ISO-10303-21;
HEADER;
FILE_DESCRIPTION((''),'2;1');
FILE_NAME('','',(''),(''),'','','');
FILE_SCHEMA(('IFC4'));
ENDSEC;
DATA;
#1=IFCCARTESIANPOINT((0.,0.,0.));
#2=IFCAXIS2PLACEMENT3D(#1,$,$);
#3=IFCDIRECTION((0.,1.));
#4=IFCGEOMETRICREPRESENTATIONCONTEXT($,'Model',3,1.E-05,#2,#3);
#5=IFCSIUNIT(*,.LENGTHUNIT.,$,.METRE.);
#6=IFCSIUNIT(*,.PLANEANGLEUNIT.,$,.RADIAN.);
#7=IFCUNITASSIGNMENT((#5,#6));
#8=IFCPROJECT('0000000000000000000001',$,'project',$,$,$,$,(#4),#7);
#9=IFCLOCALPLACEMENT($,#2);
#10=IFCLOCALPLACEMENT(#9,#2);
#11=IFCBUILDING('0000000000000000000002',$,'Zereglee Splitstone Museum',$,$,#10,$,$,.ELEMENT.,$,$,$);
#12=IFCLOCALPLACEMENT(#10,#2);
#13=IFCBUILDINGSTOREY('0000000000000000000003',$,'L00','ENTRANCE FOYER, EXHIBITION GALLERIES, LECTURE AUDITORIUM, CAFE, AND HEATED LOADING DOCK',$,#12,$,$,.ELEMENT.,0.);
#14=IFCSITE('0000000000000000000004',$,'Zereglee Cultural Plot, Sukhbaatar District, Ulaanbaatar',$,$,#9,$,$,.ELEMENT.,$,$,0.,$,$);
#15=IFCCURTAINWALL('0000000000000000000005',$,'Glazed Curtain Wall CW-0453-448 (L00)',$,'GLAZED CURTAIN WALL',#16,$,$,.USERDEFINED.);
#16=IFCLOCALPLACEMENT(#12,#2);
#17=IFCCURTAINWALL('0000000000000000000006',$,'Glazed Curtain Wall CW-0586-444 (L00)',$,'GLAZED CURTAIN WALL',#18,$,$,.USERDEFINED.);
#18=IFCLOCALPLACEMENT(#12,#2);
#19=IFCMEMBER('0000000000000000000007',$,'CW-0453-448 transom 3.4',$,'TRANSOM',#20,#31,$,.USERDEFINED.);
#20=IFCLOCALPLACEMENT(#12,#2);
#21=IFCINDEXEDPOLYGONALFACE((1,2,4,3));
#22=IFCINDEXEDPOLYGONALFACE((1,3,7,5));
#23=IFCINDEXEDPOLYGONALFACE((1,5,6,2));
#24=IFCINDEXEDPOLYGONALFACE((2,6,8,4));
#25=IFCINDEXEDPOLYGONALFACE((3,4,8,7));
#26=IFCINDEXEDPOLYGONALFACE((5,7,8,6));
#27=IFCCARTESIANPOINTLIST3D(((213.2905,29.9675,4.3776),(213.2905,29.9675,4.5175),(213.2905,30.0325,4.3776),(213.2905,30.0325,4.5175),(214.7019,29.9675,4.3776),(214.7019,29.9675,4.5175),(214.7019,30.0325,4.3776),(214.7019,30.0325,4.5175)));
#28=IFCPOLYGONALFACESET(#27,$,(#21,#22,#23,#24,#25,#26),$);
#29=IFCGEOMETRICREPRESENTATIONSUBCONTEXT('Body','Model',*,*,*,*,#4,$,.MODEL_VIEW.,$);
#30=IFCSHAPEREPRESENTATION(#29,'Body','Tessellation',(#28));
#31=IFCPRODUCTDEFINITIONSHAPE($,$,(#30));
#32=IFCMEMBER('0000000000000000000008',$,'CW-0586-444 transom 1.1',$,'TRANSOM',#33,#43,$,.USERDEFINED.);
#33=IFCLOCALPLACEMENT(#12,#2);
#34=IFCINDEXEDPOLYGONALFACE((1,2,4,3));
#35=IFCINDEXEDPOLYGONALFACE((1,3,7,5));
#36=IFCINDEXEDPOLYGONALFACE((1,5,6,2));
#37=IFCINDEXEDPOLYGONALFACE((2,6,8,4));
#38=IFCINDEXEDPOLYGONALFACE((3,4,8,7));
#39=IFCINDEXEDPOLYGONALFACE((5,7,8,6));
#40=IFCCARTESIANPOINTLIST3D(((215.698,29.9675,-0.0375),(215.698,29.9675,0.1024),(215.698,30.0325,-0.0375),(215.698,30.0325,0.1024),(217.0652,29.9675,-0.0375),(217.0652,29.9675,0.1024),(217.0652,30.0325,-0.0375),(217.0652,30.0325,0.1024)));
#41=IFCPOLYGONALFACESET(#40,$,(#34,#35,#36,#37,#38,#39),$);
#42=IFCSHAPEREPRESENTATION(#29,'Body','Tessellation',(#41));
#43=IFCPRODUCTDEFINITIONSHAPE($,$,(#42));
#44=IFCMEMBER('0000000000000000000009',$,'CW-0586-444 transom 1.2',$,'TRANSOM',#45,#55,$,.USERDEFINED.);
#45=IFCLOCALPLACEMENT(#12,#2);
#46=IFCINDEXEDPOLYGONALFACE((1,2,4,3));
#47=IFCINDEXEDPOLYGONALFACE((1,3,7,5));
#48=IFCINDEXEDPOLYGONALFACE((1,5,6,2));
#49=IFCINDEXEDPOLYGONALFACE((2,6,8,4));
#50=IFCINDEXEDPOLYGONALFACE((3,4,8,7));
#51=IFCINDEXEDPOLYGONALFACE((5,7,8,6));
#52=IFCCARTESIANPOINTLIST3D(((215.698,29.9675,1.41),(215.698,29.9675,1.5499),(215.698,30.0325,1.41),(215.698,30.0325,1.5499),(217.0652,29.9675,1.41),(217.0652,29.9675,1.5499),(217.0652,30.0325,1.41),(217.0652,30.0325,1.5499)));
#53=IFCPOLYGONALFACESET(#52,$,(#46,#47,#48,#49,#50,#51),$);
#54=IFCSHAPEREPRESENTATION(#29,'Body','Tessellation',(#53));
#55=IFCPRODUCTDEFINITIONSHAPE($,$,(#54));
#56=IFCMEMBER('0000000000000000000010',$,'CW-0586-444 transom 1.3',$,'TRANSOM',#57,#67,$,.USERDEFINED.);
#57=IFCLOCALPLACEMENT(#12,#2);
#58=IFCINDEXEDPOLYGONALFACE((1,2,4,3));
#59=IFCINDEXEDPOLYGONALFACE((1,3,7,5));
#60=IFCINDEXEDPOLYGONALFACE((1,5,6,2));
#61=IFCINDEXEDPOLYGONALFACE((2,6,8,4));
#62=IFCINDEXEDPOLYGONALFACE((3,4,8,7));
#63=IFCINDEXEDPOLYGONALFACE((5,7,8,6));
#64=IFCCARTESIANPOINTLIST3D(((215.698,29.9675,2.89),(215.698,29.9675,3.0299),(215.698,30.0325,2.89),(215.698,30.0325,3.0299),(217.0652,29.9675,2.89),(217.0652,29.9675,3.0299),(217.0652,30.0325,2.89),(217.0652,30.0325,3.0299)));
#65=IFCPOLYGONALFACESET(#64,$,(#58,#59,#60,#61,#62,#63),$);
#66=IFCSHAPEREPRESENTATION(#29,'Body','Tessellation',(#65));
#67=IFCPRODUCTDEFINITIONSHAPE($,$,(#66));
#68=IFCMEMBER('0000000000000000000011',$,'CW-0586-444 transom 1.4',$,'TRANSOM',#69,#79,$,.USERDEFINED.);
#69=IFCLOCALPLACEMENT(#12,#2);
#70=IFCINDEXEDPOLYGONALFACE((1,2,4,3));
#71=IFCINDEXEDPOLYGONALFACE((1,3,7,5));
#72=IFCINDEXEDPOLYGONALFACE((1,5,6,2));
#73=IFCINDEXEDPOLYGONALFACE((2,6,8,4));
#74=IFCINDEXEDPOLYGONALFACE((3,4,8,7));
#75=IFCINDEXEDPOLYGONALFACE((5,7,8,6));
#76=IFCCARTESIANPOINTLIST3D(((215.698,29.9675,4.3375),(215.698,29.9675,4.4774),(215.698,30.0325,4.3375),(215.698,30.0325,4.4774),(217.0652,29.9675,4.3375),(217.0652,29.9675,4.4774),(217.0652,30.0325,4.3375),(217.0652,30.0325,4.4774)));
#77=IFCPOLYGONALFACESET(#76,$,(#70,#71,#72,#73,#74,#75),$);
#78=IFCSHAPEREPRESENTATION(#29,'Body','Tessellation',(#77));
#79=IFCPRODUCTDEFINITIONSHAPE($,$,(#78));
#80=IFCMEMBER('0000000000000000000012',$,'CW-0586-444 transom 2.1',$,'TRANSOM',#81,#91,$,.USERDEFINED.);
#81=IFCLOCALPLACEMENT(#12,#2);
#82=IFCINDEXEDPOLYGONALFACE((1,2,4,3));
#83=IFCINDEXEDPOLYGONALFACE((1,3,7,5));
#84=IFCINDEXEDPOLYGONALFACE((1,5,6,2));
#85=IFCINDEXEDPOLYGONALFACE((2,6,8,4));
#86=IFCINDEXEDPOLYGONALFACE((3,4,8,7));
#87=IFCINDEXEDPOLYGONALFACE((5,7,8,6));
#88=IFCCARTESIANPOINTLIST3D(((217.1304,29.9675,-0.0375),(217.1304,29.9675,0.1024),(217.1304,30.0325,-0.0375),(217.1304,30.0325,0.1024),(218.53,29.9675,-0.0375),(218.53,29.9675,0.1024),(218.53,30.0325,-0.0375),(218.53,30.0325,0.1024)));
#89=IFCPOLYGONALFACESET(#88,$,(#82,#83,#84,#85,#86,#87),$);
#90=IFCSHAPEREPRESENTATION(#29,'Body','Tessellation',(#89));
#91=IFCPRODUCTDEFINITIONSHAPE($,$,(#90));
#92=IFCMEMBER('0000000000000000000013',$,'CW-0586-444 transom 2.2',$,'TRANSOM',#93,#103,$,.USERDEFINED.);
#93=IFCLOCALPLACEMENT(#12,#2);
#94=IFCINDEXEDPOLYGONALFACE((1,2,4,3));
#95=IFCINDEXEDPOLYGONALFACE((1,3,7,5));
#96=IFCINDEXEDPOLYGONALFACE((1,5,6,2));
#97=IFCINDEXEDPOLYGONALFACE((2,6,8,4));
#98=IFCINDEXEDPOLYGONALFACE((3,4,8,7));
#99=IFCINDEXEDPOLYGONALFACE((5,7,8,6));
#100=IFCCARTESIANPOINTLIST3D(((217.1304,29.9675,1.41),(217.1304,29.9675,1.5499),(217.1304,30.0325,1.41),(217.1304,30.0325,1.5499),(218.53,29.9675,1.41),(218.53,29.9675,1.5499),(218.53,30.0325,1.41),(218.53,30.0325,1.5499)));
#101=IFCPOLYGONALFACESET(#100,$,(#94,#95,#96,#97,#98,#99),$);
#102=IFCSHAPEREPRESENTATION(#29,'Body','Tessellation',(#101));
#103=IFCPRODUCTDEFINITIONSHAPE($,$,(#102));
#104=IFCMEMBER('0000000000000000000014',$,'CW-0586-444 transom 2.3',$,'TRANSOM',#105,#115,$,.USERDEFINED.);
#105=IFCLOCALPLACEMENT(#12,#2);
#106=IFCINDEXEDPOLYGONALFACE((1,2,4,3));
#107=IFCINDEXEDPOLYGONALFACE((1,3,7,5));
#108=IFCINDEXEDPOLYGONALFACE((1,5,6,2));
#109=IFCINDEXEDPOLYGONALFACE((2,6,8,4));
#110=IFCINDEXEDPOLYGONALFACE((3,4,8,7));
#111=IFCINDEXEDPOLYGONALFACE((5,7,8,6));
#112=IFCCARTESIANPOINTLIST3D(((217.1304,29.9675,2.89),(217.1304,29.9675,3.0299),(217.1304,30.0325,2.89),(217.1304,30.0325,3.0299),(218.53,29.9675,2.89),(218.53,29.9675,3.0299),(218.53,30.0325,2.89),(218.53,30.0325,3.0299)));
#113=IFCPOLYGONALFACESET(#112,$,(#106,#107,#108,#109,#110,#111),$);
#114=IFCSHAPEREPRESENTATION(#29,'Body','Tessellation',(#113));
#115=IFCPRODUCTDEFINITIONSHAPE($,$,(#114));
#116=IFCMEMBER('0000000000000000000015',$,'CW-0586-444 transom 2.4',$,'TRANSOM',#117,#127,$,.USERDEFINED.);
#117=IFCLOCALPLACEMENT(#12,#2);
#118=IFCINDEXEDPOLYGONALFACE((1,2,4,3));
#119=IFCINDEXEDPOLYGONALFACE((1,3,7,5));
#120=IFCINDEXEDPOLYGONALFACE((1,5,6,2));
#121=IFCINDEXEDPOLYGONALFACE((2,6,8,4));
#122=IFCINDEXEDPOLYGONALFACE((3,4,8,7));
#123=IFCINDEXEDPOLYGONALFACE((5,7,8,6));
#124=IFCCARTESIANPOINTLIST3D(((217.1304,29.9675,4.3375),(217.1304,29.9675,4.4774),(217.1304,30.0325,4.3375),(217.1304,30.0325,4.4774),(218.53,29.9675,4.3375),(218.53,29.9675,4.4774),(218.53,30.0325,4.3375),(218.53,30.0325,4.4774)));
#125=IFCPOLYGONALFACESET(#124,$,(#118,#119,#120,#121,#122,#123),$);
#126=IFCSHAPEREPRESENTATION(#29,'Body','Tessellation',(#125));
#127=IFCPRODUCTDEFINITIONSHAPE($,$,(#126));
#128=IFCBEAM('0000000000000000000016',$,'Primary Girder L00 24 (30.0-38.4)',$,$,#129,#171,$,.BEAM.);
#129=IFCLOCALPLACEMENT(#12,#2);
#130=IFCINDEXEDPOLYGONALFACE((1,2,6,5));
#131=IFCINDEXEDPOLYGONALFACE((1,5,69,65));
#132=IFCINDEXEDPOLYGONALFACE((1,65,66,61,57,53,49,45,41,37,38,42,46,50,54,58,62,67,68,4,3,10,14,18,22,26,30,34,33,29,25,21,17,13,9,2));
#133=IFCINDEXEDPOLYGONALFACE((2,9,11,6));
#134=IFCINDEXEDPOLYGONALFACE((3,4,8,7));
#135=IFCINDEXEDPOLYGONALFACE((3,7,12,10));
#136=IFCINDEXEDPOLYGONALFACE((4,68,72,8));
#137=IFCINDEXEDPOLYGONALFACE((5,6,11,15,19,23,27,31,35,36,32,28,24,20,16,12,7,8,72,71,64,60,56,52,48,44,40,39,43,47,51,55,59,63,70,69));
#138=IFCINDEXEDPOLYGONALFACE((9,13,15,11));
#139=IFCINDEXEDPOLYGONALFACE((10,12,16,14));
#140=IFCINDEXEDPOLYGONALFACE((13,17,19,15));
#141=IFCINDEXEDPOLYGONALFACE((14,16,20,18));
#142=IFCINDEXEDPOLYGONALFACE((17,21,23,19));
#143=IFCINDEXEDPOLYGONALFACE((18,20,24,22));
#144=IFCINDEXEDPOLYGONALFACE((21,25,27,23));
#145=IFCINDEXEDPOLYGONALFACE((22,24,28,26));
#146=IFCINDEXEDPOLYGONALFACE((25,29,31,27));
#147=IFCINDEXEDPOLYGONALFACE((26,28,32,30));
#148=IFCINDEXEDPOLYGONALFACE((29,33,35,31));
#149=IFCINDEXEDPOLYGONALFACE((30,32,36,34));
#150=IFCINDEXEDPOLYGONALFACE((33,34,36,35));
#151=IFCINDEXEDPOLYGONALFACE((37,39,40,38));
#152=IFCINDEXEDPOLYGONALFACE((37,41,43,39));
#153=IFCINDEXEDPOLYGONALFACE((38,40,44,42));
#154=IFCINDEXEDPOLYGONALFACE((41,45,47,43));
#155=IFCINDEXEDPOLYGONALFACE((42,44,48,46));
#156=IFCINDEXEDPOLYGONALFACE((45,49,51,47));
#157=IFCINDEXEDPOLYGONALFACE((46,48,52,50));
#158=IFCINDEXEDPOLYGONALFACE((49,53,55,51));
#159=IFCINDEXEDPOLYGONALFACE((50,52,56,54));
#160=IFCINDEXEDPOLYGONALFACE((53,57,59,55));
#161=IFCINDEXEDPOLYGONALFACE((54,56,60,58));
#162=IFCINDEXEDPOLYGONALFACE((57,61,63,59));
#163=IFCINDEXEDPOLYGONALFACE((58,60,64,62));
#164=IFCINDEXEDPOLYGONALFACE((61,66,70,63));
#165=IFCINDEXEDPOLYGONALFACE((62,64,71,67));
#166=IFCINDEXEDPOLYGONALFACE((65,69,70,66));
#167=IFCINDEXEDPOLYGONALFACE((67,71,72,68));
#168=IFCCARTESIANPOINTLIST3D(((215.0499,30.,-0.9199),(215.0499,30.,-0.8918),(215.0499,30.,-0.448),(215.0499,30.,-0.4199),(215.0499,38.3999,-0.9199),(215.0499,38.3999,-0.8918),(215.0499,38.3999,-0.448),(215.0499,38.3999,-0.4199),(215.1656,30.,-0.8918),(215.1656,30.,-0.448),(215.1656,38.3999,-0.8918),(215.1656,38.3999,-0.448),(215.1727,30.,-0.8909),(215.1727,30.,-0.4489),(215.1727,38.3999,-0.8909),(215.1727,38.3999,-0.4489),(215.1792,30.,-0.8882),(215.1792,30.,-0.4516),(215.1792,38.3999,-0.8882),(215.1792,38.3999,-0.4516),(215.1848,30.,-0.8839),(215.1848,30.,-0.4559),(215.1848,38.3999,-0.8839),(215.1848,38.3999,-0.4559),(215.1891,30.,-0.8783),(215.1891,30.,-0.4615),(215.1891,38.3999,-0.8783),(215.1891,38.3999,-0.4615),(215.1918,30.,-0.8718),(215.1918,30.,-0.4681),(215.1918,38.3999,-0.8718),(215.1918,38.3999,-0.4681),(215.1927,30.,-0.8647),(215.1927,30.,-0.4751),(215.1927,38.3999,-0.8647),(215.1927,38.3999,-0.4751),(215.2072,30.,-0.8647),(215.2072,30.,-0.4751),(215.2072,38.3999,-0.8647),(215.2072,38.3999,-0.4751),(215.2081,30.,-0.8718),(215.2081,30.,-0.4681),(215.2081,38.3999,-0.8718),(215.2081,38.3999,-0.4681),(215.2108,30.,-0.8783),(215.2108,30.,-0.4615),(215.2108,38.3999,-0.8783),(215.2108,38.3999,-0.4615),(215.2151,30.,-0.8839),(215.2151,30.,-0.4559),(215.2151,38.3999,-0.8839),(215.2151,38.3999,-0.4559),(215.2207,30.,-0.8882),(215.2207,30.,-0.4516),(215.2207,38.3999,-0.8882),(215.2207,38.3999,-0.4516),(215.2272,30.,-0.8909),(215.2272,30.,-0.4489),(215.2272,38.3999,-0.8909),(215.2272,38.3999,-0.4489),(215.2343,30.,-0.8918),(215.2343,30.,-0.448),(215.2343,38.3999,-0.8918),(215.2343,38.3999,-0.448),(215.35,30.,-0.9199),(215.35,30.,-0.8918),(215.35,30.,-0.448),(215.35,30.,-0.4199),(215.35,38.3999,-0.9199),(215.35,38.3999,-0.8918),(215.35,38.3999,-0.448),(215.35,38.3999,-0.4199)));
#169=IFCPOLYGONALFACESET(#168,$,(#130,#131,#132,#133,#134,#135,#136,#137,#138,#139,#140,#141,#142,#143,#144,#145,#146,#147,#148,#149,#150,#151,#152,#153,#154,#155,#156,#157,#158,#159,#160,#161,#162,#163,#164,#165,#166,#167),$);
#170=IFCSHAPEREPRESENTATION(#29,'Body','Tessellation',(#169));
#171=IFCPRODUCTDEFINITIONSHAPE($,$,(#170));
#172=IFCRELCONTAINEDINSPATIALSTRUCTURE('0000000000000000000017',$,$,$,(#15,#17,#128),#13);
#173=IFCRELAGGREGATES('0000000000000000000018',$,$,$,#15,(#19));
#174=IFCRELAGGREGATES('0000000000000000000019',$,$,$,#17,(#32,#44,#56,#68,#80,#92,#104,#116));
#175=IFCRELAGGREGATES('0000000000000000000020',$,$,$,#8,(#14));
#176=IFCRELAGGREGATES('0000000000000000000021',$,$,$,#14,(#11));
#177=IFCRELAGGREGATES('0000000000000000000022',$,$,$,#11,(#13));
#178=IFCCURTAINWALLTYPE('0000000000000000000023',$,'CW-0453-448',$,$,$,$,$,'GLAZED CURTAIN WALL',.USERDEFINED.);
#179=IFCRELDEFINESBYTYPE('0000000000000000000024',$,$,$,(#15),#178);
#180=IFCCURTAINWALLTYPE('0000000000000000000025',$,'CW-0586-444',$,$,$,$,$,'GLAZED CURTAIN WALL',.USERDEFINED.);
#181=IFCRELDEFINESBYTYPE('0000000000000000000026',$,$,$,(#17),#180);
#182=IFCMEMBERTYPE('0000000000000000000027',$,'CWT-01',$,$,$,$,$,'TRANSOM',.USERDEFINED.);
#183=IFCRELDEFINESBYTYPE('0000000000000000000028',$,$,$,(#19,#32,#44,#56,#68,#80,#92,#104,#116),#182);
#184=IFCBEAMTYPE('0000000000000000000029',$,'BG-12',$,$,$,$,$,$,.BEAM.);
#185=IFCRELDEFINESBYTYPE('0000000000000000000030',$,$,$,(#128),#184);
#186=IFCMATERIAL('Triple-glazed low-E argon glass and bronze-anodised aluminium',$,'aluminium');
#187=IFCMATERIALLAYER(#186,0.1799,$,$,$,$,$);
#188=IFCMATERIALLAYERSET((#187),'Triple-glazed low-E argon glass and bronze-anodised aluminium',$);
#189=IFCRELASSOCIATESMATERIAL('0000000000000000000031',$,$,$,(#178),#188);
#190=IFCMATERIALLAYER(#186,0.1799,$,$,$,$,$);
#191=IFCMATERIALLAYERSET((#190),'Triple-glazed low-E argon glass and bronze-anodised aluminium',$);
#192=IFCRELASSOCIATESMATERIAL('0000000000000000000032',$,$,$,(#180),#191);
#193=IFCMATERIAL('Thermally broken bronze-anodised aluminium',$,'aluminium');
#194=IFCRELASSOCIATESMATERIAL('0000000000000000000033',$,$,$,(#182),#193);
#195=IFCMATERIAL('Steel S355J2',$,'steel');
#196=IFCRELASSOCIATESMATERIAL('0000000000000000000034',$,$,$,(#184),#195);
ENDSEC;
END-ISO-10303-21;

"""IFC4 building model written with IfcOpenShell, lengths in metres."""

from ifc_helpers import new_model, si_unit, direction, frame, origin, origin_2d, place, context, subcontext, project, spatial, rectangle, i_section, extrude, material, layer, layer_set, material_profile, profile_set, type_object, element, aggregate, save


model = new_model("IFC4")

# Units and contexts
model_context = context("Model", 3, precision=1e-05, world=origin(), true_north=direction((0.0, 1.0)))
body_context = subcontext(model_context, "Body", "Model", "MODEL_VIEW")
ifc_project = project(units=[si_unit("LENGTHUNIT", "METRE"), si_unit("PLANEANGLEUNIT", "RADIAN")], contexts=[model_context])

# Site, building, storey
site_placement = place(None, origin())
site = spatial("IfcSite", under=ifc_project, at=site_placement, Name="Zereglee Cultural Plot, Sukhbaatar District, Ulaanbaatar", CompositionType="ELEMENT", RefElevation=0.0)
building_placement = place(site_placement, origin())
building = spatial("IfcBuilding", under=site, at=building_placement, Name="Zereglee Splitstone Museum", CompositionType="ELEMENT")
storey_placement = place(building_placement, origin())
storey = spatial("IfcBuildingStorey", under=building, at=storey_placement, Name="L00", Description="ENTRANCE FOYER, EXHIBITION GALLERIES, LECTURE AUDITORIUM, CAFE, AND HEATED LOADING DOCK", CompositionType="ELEMENT", Elevation=0.0)

# Curtain walls
ifc_material_1 = material(Name="Triple-glazed low-E argon glass and bronze-anodised aluminium", Category="aluminium")
ifc_layer_1 = layer(ifc_material_1, 0.1799)
ifc_layer_set_1 = layer_set([ifc_layer_1], Name="Triple-glazed low-E argon glass and bronze-anodised aluminium")
curtain_wall_type_1 = type_object("IfcCurtainWallType", Name="CW-0453-448", ElementType="GLAZED CURTAIN WALL", PredefinedType="USERDEFINED", material=ifc_layer_set_1)
curtain_wall_1_placement = place(storey_placement, origin())
curtain_wall_1 = element("IfcCurtainWall", 1, at=curtain_wall_1_placement, inside=storey, type_object=curtain_wall_type_1, Name="Glazed Curtain Wall CW-0453-448 (L00)", ObjectType="GLAZED CURTAIN WALL", PredefinedType="USERDEFINED")
ifc_material_2 = material(Name="Thermally broken bronze-anodised aluminium", Category="aluminium")
ifc_layer_2 = layer(ifc_material_1, 0.1799)
ifc_layer_set_2 = layer_set([ifc_layer_2], Name="Triple-glazed low-E argon glass and bronze-anodised aluminium")
curtain_wall_type_2 = type_object("IfcCurtainWallType", Name="CW-0586-444", ElementType="GLAZED CURTAIN WALL", PredefinedType="USERDEFINED", material=ifc_layer_set_2)
curtain_wall_2_placement = place(storey_placement, origin())
curtain_wall_2 = element("IfcCurtainWall", 2, at=curtain_wall_2_placement, inside=storey, type_object=curtain_wall_type_2, Name="Glazed Curtain Wall CW-0586-444 (L00)", ObjectType="GLAZED CURTAIN WALL", PredefinedType="USERDEFINED")

# Members
ifc_material_profile_1 = material_profile(ifc_material_2, rectangle(XDim=0.0649, YDim=0.1399, at=origin_2d()), Name="CW TRAN 65x140")
ifc_profile_set_1 = profile_set([ifc_material_profile_1], Name="Thermally broken bronze-anodised aluminium")
member_type_1 = type_object("IfcMemberType", Name="CWT-01", ElementType="TRANSOM", PredefinedType="USERDEFINED", material=ifc_profile_set_1)
member_1_placement = place(storey_placement, frame((213.2905, 30.0, 4.4475), z_axis=(1.0, 0.0, 0.0), x_axis=(0.0, 1.0, 0.0)))
member_1 = element("IfcMember", 3, at=member_1_placement, type_object=member_type_1, Name="CW-0453-448 transom 3.4", ObjectType="TRANSOM", PredefinedType="USERDEFINED", context=body_context, shape_type="SweptSolid", body=[
    extrude(rectangle(XDim=0.0649, YDim=0.1399, at=origin_2d()), origin(), (0.0, 0.0, 1.0), 1.4114),
])
member_2_placement = place(storey_placement, frame((215.698, 30.0, 0.0325), z_axis=(1.0, 0.0, 0.0), x_axis=(0.0, 1.0, 0.0)))
member_2 = element("IfcMember", 4, at=member_2_placement, type_object=member_type_1, Name="CW-0586-444 transom 1.1", ObjectType="TRANSOM", PredefinedType="USERDEFINED", context=body_context, shape_type="SweptSolid", body=[
    extrude(rectangle(XDim=0.0649, YDim=0.1399, at=origin_2d()), origin(), (0.0, 0.0, 1.0), 1.3672),
])
member_3_placement = place(storey_placement, frame((215.698, 30.0, 1.48), z_axis=(1.0, 0.0, 0.0), x_axis=(0.0, 1.0, 0.0)))
member_3 = element("IfcMember", 5, at=member_3_placement, type_object=member_type_1, Name="CW-0586-444 transom 1.2", ObjectType="TRANSOM", PredefinedType="USERDEFINED", context=body_context, shape_type="SweptSolid", body=[
    extrude(rectangle(XDim=0.0649, YDim=0.1399, at=origin_2d()), origin(), (0.0, 0.0, 1.0), 1.3672),
])
member_4_placement = place(storey_placement, frame((215.698, 30.0, 2.96), z_axis=(1.0, 0.0, 0.0), x_axis=(0.0, 1.0, 0.0)))
member_4 = element("IfcMember", 6, at=member_4_placement, type_object=member_type_1, Name="CW-0586-444 transom 1.3", ObjectType="TRANSOM", PredefinedType="USERDEFINED", context=body_context, shape_type="SweptSolid", body=[
    extrude(rectangle(XDim=0.0649, YDim=0.1399, at=origin_2d()), origin(), (0.0, 0.0, 1.0), 1.3672),
])
member_5_placement = place(storey_placement, frame((215.698, 30.0, 4.4075), z_axis=(1.0, 0.0, 0.0), x_axis=(0.0, 1.0, 0.0)))
member_5 = element("IfcMember", 7, at=member_5_placement, type_object=member_type_1, Name="CW-0586-444 transom 1.4", ObjectType="TRANSOM", PredefinedType="USERDEFINED", context=body_context, shape_type="SweptSolid", body=[
    extrude(rectangle(XDim=0.0649, YDim=0.1399, at=origin_2d()), origin(), (0.0, 0.0, 1.0), 1.3672),
])
member_6_placement = place(storey_placement, frame((217.1304, 30.0, 0.0325), z_axis=(1.0, 0.0, 0.0), x_axis=(0.0, 1.0, 0.0)))
member_6 = element("IfcMember", 8, at=member_6_placement, type_object=member_type_1, Name="CW-0586-444 transom 2.1", ObjectType="TRANSOM", PredefinedType="USERDEFINED", context=body_context, shape_type="SweptSolid", body=[
    extrude(rectangle(XDim=0.0649, YDim=0.1399, at=origin_2d()), origin(), (0.0, 0.0, 1.0), 1.3997),
])
member_7_placement = place(storey_placement, frame((217.1304, 30.0, 1.48), z_axis=(1.0, 0.0, 0.0), x_axis=(0.0, 1.0, 0.0)))
member_7 = element("IfcMember", 9, at=member_7_placement, type_object=member_type_1, Name="CW-0586-444 transom 2.2", ObjectType="TRANSOM", PredefinedType="USERDEFINED", context=body_context, shape_type="SweptSolid", body=[
    extrude(rectangle(XDim=0.0649, YDim=0.1399, at=origin_2d()), origin(), (0.0, 0.0, 1.0), 1.3997),
])
member_8_placement = place(storey_placement, frame((217.1304, 30.0, 2.96), z_axis=(1.0, 0.0, 0.0), x_axis=(0.0, 1.0, 0.0)))
member_8 = element("IfcMember", 10, at=member_8_placement, type_object=member_type_1, Name="CW-0586-444 transom 2.3", ObjectType="TRANSOM", PredefinedType="USERDEFINED", context=body_context, shape_type="SweptSolid", body=[
    extrude(rectangle(XDim=0.0649, YDim=0.1399, at=origin_2d()), origin(), (0.0, 0.0, 1.0), 1.3997),
])
member_9_placement = place(storey_placement, frame((217.1304, 30.0, 4.4075), z_axis=(1.0, 0.0, 0.0), x_axis=(0.0, 1.0, 0.0)))
member_9 = element("IfcMember", 11, at=member_9_placement, type_object=member_type_1, Name="CW-0586-444 transom 2.4", ObjectType="TRANSOM", PredefinedType="USERDEFINED", context=body_context, shape_type="SweptSolid", body=[
    extrude(rectangle(XDim=0.0649, YDim=0.1399, at=origin_2d()), origin(), (0.0, 0.0, 1.0), 1.3997),
])

# Beam
ifc_material_3 = material(Name="Steel S355J2", Category="steel")
ifc_material_profile_2 = material_profile(ifc_material_3, i_section(OverallWidth=0.3, OverallDepth=0.5, WebThickness=0.0144, FlangeThickness=0.0281, FilletRadius=0.0271, at=origin_2d()), Name="HE 500 B")
ifc_profile_set_2 = profile_set([ifc_material_profile_2], Name="Steel S355J2")
beam_type_1 = type_object("IfcBeamType", Name="BG-12", PredefinedType="BEAM", material=ifc_profile_set_2)
beam_1_placement = place(storey_placement, frame((215.2, 30.0, -0.6699), z_axis=(0.0, 1.0, 0.0), x_axis=(-1.0, 0.0, 0.0)))
element("IfcBeam", 12, at=beam_1_placement, inside=storey, type_object=beam_type_1, Name="Primary Girder L00 24 (30.0-38.4)", PredefinedType="BEAM", context=body_context, shape_type="SweptSolid", body=[
    extrude(i_section(OverallWidth=0.3, OverallDepth=0.5, WebThickness=0.0144, FlangeThickness=0.0281, FilletRadius=0.0271, at=origin_2d()), origin(), (0.0, 0.0, 1.0), 8.3999),
])

aggregate(curtain_wall_1, [member_1])
aggregate(curtain_wall_2, [member_2, member_3, member_4, member_5, member_6, member_7, member_8, member_9])

save(model, "model.ifc")
